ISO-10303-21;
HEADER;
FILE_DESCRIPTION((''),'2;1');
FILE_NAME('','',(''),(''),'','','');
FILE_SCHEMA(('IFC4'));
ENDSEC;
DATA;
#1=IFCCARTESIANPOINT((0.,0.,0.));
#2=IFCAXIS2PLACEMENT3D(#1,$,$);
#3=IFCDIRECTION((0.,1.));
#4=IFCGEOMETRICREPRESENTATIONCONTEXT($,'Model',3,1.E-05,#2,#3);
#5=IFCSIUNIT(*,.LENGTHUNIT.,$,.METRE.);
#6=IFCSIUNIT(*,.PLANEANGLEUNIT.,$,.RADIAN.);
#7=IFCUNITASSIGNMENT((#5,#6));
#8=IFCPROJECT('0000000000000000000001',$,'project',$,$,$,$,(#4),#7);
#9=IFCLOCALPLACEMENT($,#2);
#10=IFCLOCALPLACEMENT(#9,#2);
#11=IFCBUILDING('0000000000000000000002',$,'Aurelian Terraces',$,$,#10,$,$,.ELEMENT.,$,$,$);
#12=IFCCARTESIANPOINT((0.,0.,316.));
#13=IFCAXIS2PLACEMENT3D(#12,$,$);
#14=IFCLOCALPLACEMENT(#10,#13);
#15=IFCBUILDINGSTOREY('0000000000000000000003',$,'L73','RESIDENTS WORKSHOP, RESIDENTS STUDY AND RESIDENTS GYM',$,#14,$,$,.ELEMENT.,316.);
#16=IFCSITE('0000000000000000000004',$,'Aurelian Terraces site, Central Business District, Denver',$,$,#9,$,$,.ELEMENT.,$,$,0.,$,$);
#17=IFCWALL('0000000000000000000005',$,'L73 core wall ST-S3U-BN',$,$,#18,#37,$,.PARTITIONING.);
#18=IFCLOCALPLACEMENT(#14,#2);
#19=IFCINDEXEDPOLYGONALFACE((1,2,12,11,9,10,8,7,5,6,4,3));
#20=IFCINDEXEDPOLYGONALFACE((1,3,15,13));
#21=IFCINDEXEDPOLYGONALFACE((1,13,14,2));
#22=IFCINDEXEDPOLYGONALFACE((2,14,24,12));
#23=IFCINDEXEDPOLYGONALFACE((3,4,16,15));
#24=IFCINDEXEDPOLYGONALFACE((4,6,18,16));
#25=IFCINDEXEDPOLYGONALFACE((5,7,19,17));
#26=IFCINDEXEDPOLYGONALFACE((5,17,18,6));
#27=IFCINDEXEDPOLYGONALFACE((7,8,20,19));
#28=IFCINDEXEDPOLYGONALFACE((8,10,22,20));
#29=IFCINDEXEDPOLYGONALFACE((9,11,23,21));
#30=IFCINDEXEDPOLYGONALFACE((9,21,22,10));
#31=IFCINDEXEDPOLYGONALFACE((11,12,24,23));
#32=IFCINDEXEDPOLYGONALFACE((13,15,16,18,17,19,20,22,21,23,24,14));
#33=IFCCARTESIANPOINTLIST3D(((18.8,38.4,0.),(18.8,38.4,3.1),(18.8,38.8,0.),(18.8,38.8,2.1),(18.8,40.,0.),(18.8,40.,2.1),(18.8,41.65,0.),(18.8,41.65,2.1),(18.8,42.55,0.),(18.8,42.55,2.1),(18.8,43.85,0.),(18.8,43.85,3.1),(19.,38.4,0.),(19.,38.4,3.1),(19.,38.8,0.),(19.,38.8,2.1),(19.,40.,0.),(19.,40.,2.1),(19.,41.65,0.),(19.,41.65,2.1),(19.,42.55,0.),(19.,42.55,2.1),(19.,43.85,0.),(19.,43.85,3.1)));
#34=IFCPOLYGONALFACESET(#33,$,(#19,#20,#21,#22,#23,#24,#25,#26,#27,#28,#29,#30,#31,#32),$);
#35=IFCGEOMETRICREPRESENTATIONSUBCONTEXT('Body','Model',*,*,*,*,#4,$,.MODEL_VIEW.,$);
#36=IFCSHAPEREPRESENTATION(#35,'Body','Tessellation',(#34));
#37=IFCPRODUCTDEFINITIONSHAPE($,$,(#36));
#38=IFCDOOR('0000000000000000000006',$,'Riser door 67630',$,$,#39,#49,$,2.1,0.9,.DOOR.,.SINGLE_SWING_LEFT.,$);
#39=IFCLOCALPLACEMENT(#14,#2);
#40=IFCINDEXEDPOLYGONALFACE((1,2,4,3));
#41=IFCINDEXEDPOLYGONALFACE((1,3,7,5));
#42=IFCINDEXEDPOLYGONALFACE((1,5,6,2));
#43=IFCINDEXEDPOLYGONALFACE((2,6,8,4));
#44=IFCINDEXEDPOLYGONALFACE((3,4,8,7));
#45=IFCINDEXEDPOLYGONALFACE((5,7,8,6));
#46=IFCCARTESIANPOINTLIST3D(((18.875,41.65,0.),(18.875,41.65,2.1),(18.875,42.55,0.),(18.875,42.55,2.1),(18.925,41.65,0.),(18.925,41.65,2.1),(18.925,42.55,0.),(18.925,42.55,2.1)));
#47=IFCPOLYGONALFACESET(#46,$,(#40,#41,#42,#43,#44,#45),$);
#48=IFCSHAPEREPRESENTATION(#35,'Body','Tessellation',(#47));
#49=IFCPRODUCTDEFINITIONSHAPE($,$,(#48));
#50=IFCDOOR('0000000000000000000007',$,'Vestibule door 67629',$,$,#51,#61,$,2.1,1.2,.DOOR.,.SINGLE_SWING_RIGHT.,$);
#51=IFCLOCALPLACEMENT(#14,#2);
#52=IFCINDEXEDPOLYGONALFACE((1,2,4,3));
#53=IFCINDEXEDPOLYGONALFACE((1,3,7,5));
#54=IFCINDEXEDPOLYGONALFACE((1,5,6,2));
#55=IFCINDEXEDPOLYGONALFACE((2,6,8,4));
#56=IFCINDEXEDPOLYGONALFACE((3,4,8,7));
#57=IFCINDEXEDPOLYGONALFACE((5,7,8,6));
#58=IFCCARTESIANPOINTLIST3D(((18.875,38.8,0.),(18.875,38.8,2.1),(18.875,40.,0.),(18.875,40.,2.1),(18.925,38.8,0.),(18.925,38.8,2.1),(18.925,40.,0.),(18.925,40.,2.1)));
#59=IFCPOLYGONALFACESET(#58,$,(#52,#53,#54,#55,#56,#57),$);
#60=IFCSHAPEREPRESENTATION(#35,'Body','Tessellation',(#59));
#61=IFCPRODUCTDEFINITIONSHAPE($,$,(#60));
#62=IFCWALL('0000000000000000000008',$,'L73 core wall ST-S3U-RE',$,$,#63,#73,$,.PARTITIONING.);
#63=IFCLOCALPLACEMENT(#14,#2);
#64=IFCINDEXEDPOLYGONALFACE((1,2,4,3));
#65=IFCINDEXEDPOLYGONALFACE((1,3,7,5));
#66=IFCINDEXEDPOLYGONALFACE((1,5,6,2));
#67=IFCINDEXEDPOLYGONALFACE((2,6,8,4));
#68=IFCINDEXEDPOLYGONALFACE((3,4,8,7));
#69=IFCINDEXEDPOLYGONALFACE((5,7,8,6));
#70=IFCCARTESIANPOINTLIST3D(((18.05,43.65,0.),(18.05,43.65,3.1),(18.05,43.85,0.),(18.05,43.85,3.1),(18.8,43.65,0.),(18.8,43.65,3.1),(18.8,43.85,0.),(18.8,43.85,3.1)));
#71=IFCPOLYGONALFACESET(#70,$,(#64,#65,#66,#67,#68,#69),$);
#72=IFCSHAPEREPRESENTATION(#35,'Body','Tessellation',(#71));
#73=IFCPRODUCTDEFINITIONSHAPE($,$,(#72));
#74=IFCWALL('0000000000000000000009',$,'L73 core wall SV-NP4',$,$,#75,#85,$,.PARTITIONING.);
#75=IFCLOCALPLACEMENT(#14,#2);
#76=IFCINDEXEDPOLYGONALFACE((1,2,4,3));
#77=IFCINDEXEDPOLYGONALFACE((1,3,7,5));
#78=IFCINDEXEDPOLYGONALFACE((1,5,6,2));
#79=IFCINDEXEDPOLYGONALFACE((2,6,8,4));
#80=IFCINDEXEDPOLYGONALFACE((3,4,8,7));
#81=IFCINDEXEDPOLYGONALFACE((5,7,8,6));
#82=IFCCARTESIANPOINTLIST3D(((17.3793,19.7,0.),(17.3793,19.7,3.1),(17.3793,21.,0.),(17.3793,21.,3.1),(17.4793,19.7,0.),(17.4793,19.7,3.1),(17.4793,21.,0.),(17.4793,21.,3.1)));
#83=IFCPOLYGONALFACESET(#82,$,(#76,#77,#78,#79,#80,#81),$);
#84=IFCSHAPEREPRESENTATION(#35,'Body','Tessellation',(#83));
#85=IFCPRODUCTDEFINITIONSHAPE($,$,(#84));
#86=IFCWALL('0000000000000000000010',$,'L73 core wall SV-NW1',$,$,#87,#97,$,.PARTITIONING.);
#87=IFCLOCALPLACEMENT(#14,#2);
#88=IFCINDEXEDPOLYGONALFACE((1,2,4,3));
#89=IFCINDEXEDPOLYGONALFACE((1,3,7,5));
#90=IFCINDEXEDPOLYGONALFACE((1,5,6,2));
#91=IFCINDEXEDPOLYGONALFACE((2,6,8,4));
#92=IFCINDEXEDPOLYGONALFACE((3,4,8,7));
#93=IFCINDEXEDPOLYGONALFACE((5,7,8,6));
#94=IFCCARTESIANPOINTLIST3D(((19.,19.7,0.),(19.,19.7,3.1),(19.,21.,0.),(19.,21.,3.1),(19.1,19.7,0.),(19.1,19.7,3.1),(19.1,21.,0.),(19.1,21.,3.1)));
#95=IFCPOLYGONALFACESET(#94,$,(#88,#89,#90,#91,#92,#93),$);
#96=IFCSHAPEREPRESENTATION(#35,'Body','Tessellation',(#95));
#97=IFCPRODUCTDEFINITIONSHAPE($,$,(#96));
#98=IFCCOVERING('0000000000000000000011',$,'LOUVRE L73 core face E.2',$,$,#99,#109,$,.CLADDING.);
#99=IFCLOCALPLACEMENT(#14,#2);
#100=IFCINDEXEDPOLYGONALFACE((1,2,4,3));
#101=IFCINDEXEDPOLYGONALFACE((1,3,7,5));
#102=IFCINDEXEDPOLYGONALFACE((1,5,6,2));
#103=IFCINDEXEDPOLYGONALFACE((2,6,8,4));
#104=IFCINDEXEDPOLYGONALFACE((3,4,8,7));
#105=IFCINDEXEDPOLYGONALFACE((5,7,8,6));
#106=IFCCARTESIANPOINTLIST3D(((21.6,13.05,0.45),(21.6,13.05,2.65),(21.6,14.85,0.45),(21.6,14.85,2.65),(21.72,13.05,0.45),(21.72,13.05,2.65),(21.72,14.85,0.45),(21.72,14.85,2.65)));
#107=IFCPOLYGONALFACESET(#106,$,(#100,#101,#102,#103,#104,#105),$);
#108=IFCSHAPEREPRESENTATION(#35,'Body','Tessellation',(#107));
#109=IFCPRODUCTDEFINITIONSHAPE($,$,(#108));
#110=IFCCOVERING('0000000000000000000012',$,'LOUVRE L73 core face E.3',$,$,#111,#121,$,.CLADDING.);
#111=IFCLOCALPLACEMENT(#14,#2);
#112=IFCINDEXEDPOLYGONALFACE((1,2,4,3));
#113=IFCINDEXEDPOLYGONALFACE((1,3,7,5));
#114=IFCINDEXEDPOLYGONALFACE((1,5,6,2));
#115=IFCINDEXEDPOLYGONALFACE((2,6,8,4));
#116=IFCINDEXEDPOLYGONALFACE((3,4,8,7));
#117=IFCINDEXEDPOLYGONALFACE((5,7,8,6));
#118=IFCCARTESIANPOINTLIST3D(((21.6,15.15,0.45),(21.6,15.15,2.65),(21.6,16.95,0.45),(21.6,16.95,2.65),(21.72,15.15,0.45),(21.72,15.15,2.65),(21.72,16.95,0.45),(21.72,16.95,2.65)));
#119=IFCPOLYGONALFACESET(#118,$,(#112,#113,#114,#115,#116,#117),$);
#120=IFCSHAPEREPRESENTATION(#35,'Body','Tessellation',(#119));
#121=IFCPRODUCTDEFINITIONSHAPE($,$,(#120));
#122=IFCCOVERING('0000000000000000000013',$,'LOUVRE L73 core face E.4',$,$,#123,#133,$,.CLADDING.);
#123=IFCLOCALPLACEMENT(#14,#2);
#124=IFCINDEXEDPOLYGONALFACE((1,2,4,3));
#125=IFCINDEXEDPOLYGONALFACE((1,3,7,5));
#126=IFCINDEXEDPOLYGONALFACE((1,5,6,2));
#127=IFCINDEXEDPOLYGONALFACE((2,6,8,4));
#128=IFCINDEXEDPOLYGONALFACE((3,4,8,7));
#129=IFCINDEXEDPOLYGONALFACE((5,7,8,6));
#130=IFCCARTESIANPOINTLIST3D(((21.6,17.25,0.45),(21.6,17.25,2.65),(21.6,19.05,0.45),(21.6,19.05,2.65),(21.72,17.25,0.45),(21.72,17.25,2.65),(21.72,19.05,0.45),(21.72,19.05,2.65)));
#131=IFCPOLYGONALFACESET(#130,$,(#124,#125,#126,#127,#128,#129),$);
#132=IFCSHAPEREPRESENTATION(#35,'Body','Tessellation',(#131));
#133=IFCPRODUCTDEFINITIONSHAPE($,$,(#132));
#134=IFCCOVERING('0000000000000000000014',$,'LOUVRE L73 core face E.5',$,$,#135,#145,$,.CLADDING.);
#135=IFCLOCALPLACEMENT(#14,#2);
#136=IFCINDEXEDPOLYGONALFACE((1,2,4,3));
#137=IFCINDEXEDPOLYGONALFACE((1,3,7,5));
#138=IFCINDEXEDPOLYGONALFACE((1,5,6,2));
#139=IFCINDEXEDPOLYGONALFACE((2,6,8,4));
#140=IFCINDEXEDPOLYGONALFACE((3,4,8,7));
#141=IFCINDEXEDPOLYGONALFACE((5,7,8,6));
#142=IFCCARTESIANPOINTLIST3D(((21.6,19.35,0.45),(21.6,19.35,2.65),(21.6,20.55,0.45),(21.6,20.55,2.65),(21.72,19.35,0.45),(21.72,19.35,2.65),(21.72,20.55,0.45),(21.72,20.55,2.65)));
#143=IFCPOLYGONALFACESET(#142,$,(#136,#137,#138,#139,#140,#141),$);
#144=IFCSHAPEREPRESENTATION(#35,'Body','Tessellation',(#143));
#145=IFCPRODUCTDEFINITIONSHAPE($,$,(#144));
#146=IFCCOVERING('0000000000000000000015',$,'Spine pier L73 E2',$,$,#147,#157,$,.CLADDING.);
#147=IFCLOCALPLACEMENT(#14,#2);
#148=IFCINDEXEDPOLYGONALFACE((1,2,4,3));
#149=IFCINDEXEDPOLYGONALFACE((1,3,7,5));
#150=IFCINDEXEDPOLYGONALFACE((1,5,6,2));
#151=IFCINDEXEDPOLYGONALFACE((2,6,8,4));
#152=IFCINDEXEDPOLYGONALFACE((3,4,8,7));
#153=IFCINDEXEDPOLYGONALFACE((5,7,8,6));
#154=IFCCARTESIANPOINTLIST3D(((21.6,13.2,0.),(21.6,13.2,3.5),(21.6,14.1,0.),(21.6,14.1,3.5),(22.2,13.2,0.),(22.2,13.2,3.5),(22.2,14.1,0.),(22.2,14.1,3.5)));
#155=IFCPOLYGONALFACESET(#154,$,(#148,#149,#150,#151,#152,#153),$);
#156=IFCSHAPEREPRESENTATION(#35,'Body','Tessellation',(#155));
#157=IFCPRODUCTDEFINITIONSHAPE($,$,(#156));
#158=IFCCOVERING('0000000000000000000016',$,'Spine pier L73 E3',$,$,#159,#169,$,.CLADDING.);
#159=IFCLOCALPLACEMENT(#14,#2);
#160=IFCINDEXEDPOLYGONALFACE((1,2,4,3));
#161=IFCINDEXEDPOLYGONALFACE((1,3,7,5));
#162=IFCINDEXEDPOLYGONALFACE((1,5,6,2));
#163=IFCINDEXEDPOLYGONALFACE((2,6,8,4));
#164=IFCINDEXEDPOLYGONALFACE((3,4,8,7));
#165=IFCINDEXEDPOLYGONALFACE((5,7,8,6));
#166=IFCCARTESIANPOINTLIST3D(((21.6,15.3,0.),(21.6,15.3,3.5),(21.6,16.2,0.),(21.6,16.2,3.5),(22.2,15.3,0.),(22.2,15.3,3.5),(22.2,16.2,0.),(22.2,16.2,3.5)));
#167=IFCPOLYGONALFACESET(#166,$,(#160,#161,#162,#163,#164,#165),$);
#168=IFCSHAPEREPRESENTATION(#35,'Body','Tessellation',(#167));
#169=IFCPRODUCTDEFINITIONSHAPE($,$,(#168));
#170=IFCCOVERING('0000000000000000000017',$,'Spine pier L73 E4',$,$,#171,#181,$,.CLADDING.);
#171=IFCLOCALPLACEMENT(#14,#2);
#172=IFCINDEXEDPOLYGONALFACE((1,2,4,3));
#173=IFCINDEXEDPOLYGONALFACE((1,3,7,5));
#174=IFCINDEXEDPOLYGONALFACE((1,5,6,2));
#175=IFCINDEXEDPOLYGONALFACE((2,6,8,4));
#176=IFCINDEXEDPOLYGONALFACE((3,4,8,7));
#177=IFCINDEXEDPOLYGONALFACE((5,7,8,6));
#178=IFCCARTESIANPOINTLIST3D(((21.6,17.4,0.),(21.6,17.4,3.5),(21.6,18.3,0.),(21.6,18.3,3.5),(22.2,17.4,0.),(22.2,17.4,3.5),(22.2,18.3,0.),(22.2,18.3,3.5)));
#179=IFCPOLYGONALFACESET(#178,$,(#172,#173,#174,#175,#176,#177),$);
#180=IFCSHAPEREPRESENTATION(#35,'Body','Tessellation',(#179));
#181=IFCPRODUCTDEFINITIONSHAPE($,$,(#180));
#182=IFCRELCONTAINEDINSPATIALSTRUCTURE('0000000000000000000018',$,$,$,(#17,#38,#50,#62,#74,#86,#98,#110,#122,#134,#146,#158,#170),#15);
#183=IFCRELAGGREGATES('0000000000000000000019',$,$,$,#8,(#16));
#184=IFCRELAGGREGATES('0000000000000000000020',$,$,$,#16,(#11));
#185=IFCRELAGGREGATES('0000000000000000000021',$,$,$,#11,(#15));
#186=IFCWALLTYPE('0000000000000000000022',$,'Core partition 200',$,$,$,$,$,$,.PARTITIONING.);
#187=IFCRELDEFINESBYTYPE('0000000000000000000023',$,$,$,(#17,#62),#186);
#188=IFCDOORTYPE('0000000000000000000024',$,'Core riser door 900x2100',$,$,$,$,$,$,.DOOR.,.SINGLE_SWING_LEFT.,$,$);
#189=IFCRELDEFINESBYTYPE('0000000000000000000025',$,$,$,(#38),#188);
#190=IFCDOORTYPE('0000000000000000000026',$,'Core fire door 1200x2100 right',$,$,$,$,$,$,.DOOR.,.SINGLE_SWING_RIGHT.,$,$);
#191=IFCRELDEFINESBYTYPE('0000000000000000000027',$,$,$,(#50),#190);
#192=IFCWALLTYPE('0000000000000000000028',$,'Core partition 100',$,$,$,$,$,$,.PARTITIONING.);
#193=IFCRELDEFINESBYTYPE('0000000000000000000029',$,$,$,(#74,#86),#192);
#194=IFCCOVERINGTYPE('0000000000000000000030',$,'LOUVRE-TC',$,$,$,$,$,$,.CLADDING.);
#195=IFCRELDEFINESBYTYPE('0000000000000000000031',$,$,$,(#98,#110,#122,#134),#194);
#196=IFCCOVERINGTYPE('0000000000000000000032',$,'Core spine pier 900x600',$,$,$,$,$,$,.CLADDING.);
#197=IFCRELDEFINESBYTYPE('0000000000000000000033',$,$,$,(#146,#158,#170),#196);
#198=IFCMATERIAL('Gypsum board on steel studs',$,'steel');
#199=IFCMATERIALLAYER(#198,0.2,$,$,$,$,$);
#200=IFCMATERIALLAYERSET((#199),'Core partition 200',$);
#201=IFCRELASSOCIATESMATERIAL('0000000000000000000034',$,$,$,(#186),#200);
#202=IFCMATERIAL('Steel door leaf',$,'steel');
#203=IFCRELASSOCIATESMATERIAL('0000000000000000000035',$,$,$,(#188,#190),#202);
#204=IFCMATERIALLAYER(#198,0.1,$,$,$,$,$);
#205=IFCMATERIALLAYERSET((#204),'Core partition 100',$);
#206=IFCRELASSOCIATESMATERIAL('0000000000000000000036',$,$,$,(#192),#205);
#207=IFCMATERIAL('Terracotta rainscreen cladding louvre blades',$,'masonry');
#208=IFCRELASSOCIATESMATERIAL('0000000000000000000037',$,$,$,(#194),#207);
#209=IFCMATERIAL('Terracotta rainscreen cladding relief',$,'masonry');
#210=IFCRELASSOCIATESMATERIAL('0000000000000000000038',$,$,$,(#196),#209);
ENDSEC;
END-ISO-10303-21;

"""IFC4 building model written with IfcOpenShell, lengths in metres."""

from ifc_helpers import new_model, si_unit, direction, frame, frame_2d, origin, origin_2d, place, context, subcontext, project, spatial, rectangle, extrude, source, transform, mapped, material, layer, layer_set, type_object, element, fill, save


model = new_model("IFC4")

# Units and contexts
model_context = context("Model", 3, precision=1e-05, world=origin(), true_north=direction((0.0, 1.0)))
body_context = subcontext(model_context, "Body", "Model", "MODEL_VIEW")
ifc_project = project(units=[si_unit("LENGTHUNIT", "METRE"), si_unit("PLANEANGLEUNIT", "RADIAN")], contexts=[model_context])

# Site, building, storey
site_placement = place(None, origin())
site = spatial("IfcSite", under=ifc_project, at=site_placement, Name="Aurelian Terraces site, Central Business District, Denver", CompositionType="ELEMENT", RefElevation=0.0)
building_placement = place(site_placement, origin())
building = spatial("IfcBuilding", under=site, at=building_placement, Name="Aurelian Terraces", CompositionType="ELEMENT")
storey_placement = place(building_placement, frame((0.0, 0.0, 316.0)))
storey = spatial("IfcBuildingStorey", under=building, at=storey_placement, Name="L73", Description="RESIDENTS WORKSHOP, RESIDENTS STUDY AND RESIDENTS GYM", CompositionType="ELEMENT", Elevation=316.0)

# Wall, openings, doors
ifc_material_1 = material(Name="Gypsum board on steel studs", Category="steel")
ifc_layer_1 = layer(ifc_material_1, 0.2)
ifc_layer_set_1 = layer_set([ifc_layer_1], Name="Core partition 200")
wall_type_1 = type_object("IfcWallType", Name="Core partition 200", PredefinedType="PARTITIONING", material=ifc_layer_set_1)
shared_shape_1 = source(origin(), body_context, "Body", "SweptSolid", [
    extrude(rectangle(XDim=5.45, YDim=0.2, at=frame_2d((2.725, 0.0))), origin(), (0.0, 0.0, 1.0), 3.1),
])
wall_1_placement = place(storey_placement, frame((18.9, 38.4, 0.0), z_axis=(0.0, 0.0, 1.0), x_axis=(0.0, 1.0, 0.0)))
wall_1 = element("IfcWall", 1, at=wall_1_placement, inside=storey, type_object=wall_type_1, Name="L73 core wall ST-S3U-BN", PredefinedType="PARTITIONING", context=body_context, shape_type="MappedRepresentation", body=[
    mapped(shared_shape_1, transform((0.0, 0.0, 0.0), scale=1.0)),
])
shared_shape_2 = source(origin(), body_context, "Body", "SweptSolid", [
    extrude(rectangle(XDim=1.2, YDim=2.1, at=frame_2d((0.6, 1.05))), frame((0.0, 0.11, 0.0), z_axis=(0.0, -1.0, 0.0), x_axis=(1.0, 0.0, 0.0)), (0.0, 0.0, 1.0), 0.22),
])
opening_1_placement = place(wall_1_placement, frame((0.4, 0.0, 0.0)))
opening_1 = element("IfcOpeningElement", 2, at=opening_1_placement, cuts=wall_1, PredefinedType="OPENING", context=body_context, shape_type="MappedRepresentation", body=[
    mapped(shared_shape_2, transform((0.0, 0.0, 0.0), scale=1.0)),
])
shared_shape_3 = source(origin(), body_context, "Body", "SweptSolid", [
    extrude(rectangle(XDim=0.9, YDim=2.1, at=frame_2d((0.45, 1.05))), frame((0.0, 0.11, 0.0), z_axis=(0.0, -1.0, 0.0), x_axis=(1.0, 0.0, 0.0)), (0.0, 0.0, 1.0), 0.22),
])
opening_2_placement = place(wall_1_placement, frame((3.25, 0.0, 0.0)))
opening_2 = element("IfcOpeningElement", 3, at=opening_2_placement, cuts=wall_1, PredefinedType="OPENING", context=body_context, shape_type="MappedRepresentation", body=[
    mapped(shared_shape_3, transform((0.0, 0.0, 0.0), scale=1.0)),
])
ifc_material_2 = material(Name="Steel door leaf", Category="steel")
door_type_1 = type_object("IfcDoorType", Name="Core riser door 900x2100", OperationType="SINGLE_SWING_LEFT", PredefinedType="DOOR", material=ifc_material_2)
shared_shape_4 = source(origin(), body_context, "Body", "SweptSolid", [
    extrude(rectangle(XDim=0.9, YDim=2.1, at=frame_2d((0.45, 1.05))), frame((0.0, 0.025, 0.0), z_axis=(0.0, -1.0, 0.0), x_axis=(1.0, 0.0, 0.0)), (0.0, 0.0, 1.0), 0.05),
])
door_1_placement = place(opening_2_placement, origin())
door_1 = element("IfcDoor", 4, at=door_1_placement, inside=storey, type_object=door_type_1, Name="Riser door 67630", OperationType="SINGLE_SWING_LEFT", OverallHeight=2.1, OverallWidth=0.9, PredefinedType="DOOR", context=body_context, shape_type="MappedRepresentation", body=[
    mapped(shared_shape_4, transform((0.0, 0.0, 0.0), scale=1.0)),
])
fill(opening_2, door_1)
door_type_2 = type_object("IfcDoorType", Name="Core fire door 1200x2100 right", OperationType="SINGLE_SWING_RIGHT", PredefinedType="DOOR", material=ifc_material_2)
shared_shape_5 = source(origin(), body_context, "Body", "SweptSolid", [
    extrude(rectangle(XDim=1.2, YDim=2.1, at=frame_2d((0.6, 1.05))), frame((0.0, 0.025, 0.0), z_axis=(0.0, -1.0, 0.0), x_axis=(1.0, 0.0, 0.0)), (0.0, 0.0, 1.0), 0.05),
])
door_2_placement = place(opening_1_placement, origin())
door_2 = element("IfcDoor", 5, at=door_2_placement, inside=storey, type_object=door_type_2, Name="Vestibule door 67629", OperationType="SINGLE_SWING_RIGHT", OverallHeight=2.1, OverallWidth=1.2, PredefinedType="DOOR", context=body_context, shape_type="MappedRepresentation", body=[
    mapped(shared_shape_5, transform((0.0, 0.0, 0.0), scale=1.0)),
])
fill(opening_1, door_2)

# Walls
shared_shape_6 = source(origin(), body_context, "Body", "SweptSolid", [
    extrude(rectangle(XDim=0.75, YDim=0.2, at=frame_2d((0.375, 0.0))), origin(), (0.0, 0.0, 1.0), 3.1),
])
wall_2_placement = place(storey_placement, frame((18.05, 43.75, 0.0), z_axis=(0.0, 0.0, 1.0), x_axis=(1.0, 0.0, 0.0)))
element("IfcWall", 6, at=wall_2_placement, inside=storey, type_object=wall_type_1, Name="L73 core wall ST-S3U-RE", PredefinedType="PARTITIONING", context=body_context, shape_type="MappedRepresentation", body=[
    mapped(shared_shape_6, transform((0.0, 0.0, 0.0), scale=1.0)),
])
ifc_layer_2 = layer(ifc_material_1, 0.1)
ifc_layer_set_2 = layer_set([ifc_layer_2], Name="Core partition 100")
wall_type_2 = type_object("IfcWallType", Name="Core partition 100", PredefinedType="PARTITIONING", material=ifc_layer_set_2)
shared_shape_7 = source(origin(), body_context, "Body", "SweptSolid", [
    extrude(rectangle(XDim=1.3, YDim=0.1, at=frame_2d((0.65, 0.0))), origin(), (0.0, 0.0, 1.0), 3.1),
])
for number, where, z_axis, x_axis, name in (
    (7, (17.4293, 19.7, 0.0), (0.0, 0.0, 1.0), (0.0, 1.0, 0.0), "L73 core wall SV-NP4"),
    (8, (19.05, 19.7, 0.0), (0.0, 0.0, 1.0), (0.0, 1.0, 0.0), "L73 core wall SV-NW1"),
):
    element("IfcWall", number, at=place(storey_placement, frame(where, z_axis=z_axis, x_axis=x_axis)), inside=storey, type_object=wall_type_2, Name=name, PredefinedType="PARTITIONING", context=body_context, shape_type="MappedRepresentation", body=[
        mapped(shared_shape_7, transform((0.0, 0.0, 0.0), scale=1.0)),
    ])

# Coverings
ifc_material_3 = material(Name="Terracotta rainscreen cladding louvre blades", Category="masonry")
covering_type_1 = type_object("IfcCoveringType", Name="LOUVRE-TC", PredefinedType="CLADDING", material=ifc_material_3)
shared_shape_8 = source(origin(), body_context, "Body", "SweptSolid", [
    extrude(rectangle(XDim=0.12, YDim=1.8, at=origin_2d()), origin(), (0.0, 0.0, 1.0), 2.2),
])
for number, where, z_axis, x_axis, name in (
    (9, (21.66, 13.95, 0.45), (0.0, 0.0, 1.0), (1.0, 0.0, 0.0), "LOUVRE L73 core face E.2"),
    (10, (21.66, 16.05, 0.45), (0.0, 0.0, 1.0), (1.0, 0.0, 0.0), "LOUVRE L73 core face E.3"),
    (11, (21.66, 18.15, 0.45), (0.0, 0.0, 1.0), (1.0, 0.0, 0.0), "LOUVRE L73 core face E.4"),
):
    element("IfcCovering", number, at=place(storey_placement, frame(where, z_axis=z_axis, x_axis=x_axis)), inside=storey, type_object=covering_type_1, Name=name, PredefinedType="CLADDING", context=body_context, shape_type="MappedRepresentation", body=[
        mapped(shared_shape_8, transform((0.0, 0.0, 0.0), scale=1.0)),
    ])
shared_shape_9 = source(origin(), body_context, "Body", "SweptSolid", [
    extrude(rectangle(XDim=0.12, YDim=1.2, at=origin_2d()), origin(), (0.0, 0.0, 1.0), 2.2),
])
covering_placement = place(storey_placement, frame((21.66, 19.95, 0.45), z_axis=(0.0, 0.0, 1.0), x_axis=(1.0, 0.0, 0.0)))
element("IfcCovering", 12, at=covering_placement, inside=storey, type_object=covering_type_1, Name="LOUVRE L73 core face E.5", PredefinedType="CLADDING", context=body_context, shape_type="MappedRepresentation", body=[
    mapped(shared_shape_9, transform((0.0, 0.0, 0.0), scale=1.0)),
])
ifc_material_4 = material(Name="Terracotta rainscreen cladding relief", Category="masonry")
covering_type_2 = type_object("IfcCoveringType", Name="Core spine pier 900x600", PredefinedType="CLADDING", material=ifc_material_4)
shared_shape_10 = source(origin(), body_context, "Body", "SweptSolid", [
    extrude(rectangle(XDim=0.6, YDim=0.9, at=origin_2d()), origin(), (0.0, 0.0, 1.0), 3.5),
])
for number, where, z_axis, x_axis, name in (
    (13, (21.9, 13.65, 0.0), (0.0, 0.0, 1.0), (1.0, 0.0, 0.0), "Spine pier L73 E2"),
    (14, (21.9, 15.75, 0.0), (0.0, 0.0, 1.0), (1.0, 0.0, 0.0), "Spine pier L73 E3"),
    (15, (21.9, 17.85, 0.0), (0.0, 0.0, 1.0), (1.0, 0.0, 0.0), "Spine pier L73 E4"),
):
    element("IfcCovering", number, at=place(storey_placement, frame(where, z_axis=z_axis, x_axis=x_axis)), inside=storey, type_object=covering_type_2, Name=name, PredefinedType="CLADDING", context=body_context, shape_type="MappedRepresentation", body=[
        mapped(shared_shape_10, transform((0.0, 0.0, 0.0), scale=1.0)),
    ])

save(model, "model.ifc")
